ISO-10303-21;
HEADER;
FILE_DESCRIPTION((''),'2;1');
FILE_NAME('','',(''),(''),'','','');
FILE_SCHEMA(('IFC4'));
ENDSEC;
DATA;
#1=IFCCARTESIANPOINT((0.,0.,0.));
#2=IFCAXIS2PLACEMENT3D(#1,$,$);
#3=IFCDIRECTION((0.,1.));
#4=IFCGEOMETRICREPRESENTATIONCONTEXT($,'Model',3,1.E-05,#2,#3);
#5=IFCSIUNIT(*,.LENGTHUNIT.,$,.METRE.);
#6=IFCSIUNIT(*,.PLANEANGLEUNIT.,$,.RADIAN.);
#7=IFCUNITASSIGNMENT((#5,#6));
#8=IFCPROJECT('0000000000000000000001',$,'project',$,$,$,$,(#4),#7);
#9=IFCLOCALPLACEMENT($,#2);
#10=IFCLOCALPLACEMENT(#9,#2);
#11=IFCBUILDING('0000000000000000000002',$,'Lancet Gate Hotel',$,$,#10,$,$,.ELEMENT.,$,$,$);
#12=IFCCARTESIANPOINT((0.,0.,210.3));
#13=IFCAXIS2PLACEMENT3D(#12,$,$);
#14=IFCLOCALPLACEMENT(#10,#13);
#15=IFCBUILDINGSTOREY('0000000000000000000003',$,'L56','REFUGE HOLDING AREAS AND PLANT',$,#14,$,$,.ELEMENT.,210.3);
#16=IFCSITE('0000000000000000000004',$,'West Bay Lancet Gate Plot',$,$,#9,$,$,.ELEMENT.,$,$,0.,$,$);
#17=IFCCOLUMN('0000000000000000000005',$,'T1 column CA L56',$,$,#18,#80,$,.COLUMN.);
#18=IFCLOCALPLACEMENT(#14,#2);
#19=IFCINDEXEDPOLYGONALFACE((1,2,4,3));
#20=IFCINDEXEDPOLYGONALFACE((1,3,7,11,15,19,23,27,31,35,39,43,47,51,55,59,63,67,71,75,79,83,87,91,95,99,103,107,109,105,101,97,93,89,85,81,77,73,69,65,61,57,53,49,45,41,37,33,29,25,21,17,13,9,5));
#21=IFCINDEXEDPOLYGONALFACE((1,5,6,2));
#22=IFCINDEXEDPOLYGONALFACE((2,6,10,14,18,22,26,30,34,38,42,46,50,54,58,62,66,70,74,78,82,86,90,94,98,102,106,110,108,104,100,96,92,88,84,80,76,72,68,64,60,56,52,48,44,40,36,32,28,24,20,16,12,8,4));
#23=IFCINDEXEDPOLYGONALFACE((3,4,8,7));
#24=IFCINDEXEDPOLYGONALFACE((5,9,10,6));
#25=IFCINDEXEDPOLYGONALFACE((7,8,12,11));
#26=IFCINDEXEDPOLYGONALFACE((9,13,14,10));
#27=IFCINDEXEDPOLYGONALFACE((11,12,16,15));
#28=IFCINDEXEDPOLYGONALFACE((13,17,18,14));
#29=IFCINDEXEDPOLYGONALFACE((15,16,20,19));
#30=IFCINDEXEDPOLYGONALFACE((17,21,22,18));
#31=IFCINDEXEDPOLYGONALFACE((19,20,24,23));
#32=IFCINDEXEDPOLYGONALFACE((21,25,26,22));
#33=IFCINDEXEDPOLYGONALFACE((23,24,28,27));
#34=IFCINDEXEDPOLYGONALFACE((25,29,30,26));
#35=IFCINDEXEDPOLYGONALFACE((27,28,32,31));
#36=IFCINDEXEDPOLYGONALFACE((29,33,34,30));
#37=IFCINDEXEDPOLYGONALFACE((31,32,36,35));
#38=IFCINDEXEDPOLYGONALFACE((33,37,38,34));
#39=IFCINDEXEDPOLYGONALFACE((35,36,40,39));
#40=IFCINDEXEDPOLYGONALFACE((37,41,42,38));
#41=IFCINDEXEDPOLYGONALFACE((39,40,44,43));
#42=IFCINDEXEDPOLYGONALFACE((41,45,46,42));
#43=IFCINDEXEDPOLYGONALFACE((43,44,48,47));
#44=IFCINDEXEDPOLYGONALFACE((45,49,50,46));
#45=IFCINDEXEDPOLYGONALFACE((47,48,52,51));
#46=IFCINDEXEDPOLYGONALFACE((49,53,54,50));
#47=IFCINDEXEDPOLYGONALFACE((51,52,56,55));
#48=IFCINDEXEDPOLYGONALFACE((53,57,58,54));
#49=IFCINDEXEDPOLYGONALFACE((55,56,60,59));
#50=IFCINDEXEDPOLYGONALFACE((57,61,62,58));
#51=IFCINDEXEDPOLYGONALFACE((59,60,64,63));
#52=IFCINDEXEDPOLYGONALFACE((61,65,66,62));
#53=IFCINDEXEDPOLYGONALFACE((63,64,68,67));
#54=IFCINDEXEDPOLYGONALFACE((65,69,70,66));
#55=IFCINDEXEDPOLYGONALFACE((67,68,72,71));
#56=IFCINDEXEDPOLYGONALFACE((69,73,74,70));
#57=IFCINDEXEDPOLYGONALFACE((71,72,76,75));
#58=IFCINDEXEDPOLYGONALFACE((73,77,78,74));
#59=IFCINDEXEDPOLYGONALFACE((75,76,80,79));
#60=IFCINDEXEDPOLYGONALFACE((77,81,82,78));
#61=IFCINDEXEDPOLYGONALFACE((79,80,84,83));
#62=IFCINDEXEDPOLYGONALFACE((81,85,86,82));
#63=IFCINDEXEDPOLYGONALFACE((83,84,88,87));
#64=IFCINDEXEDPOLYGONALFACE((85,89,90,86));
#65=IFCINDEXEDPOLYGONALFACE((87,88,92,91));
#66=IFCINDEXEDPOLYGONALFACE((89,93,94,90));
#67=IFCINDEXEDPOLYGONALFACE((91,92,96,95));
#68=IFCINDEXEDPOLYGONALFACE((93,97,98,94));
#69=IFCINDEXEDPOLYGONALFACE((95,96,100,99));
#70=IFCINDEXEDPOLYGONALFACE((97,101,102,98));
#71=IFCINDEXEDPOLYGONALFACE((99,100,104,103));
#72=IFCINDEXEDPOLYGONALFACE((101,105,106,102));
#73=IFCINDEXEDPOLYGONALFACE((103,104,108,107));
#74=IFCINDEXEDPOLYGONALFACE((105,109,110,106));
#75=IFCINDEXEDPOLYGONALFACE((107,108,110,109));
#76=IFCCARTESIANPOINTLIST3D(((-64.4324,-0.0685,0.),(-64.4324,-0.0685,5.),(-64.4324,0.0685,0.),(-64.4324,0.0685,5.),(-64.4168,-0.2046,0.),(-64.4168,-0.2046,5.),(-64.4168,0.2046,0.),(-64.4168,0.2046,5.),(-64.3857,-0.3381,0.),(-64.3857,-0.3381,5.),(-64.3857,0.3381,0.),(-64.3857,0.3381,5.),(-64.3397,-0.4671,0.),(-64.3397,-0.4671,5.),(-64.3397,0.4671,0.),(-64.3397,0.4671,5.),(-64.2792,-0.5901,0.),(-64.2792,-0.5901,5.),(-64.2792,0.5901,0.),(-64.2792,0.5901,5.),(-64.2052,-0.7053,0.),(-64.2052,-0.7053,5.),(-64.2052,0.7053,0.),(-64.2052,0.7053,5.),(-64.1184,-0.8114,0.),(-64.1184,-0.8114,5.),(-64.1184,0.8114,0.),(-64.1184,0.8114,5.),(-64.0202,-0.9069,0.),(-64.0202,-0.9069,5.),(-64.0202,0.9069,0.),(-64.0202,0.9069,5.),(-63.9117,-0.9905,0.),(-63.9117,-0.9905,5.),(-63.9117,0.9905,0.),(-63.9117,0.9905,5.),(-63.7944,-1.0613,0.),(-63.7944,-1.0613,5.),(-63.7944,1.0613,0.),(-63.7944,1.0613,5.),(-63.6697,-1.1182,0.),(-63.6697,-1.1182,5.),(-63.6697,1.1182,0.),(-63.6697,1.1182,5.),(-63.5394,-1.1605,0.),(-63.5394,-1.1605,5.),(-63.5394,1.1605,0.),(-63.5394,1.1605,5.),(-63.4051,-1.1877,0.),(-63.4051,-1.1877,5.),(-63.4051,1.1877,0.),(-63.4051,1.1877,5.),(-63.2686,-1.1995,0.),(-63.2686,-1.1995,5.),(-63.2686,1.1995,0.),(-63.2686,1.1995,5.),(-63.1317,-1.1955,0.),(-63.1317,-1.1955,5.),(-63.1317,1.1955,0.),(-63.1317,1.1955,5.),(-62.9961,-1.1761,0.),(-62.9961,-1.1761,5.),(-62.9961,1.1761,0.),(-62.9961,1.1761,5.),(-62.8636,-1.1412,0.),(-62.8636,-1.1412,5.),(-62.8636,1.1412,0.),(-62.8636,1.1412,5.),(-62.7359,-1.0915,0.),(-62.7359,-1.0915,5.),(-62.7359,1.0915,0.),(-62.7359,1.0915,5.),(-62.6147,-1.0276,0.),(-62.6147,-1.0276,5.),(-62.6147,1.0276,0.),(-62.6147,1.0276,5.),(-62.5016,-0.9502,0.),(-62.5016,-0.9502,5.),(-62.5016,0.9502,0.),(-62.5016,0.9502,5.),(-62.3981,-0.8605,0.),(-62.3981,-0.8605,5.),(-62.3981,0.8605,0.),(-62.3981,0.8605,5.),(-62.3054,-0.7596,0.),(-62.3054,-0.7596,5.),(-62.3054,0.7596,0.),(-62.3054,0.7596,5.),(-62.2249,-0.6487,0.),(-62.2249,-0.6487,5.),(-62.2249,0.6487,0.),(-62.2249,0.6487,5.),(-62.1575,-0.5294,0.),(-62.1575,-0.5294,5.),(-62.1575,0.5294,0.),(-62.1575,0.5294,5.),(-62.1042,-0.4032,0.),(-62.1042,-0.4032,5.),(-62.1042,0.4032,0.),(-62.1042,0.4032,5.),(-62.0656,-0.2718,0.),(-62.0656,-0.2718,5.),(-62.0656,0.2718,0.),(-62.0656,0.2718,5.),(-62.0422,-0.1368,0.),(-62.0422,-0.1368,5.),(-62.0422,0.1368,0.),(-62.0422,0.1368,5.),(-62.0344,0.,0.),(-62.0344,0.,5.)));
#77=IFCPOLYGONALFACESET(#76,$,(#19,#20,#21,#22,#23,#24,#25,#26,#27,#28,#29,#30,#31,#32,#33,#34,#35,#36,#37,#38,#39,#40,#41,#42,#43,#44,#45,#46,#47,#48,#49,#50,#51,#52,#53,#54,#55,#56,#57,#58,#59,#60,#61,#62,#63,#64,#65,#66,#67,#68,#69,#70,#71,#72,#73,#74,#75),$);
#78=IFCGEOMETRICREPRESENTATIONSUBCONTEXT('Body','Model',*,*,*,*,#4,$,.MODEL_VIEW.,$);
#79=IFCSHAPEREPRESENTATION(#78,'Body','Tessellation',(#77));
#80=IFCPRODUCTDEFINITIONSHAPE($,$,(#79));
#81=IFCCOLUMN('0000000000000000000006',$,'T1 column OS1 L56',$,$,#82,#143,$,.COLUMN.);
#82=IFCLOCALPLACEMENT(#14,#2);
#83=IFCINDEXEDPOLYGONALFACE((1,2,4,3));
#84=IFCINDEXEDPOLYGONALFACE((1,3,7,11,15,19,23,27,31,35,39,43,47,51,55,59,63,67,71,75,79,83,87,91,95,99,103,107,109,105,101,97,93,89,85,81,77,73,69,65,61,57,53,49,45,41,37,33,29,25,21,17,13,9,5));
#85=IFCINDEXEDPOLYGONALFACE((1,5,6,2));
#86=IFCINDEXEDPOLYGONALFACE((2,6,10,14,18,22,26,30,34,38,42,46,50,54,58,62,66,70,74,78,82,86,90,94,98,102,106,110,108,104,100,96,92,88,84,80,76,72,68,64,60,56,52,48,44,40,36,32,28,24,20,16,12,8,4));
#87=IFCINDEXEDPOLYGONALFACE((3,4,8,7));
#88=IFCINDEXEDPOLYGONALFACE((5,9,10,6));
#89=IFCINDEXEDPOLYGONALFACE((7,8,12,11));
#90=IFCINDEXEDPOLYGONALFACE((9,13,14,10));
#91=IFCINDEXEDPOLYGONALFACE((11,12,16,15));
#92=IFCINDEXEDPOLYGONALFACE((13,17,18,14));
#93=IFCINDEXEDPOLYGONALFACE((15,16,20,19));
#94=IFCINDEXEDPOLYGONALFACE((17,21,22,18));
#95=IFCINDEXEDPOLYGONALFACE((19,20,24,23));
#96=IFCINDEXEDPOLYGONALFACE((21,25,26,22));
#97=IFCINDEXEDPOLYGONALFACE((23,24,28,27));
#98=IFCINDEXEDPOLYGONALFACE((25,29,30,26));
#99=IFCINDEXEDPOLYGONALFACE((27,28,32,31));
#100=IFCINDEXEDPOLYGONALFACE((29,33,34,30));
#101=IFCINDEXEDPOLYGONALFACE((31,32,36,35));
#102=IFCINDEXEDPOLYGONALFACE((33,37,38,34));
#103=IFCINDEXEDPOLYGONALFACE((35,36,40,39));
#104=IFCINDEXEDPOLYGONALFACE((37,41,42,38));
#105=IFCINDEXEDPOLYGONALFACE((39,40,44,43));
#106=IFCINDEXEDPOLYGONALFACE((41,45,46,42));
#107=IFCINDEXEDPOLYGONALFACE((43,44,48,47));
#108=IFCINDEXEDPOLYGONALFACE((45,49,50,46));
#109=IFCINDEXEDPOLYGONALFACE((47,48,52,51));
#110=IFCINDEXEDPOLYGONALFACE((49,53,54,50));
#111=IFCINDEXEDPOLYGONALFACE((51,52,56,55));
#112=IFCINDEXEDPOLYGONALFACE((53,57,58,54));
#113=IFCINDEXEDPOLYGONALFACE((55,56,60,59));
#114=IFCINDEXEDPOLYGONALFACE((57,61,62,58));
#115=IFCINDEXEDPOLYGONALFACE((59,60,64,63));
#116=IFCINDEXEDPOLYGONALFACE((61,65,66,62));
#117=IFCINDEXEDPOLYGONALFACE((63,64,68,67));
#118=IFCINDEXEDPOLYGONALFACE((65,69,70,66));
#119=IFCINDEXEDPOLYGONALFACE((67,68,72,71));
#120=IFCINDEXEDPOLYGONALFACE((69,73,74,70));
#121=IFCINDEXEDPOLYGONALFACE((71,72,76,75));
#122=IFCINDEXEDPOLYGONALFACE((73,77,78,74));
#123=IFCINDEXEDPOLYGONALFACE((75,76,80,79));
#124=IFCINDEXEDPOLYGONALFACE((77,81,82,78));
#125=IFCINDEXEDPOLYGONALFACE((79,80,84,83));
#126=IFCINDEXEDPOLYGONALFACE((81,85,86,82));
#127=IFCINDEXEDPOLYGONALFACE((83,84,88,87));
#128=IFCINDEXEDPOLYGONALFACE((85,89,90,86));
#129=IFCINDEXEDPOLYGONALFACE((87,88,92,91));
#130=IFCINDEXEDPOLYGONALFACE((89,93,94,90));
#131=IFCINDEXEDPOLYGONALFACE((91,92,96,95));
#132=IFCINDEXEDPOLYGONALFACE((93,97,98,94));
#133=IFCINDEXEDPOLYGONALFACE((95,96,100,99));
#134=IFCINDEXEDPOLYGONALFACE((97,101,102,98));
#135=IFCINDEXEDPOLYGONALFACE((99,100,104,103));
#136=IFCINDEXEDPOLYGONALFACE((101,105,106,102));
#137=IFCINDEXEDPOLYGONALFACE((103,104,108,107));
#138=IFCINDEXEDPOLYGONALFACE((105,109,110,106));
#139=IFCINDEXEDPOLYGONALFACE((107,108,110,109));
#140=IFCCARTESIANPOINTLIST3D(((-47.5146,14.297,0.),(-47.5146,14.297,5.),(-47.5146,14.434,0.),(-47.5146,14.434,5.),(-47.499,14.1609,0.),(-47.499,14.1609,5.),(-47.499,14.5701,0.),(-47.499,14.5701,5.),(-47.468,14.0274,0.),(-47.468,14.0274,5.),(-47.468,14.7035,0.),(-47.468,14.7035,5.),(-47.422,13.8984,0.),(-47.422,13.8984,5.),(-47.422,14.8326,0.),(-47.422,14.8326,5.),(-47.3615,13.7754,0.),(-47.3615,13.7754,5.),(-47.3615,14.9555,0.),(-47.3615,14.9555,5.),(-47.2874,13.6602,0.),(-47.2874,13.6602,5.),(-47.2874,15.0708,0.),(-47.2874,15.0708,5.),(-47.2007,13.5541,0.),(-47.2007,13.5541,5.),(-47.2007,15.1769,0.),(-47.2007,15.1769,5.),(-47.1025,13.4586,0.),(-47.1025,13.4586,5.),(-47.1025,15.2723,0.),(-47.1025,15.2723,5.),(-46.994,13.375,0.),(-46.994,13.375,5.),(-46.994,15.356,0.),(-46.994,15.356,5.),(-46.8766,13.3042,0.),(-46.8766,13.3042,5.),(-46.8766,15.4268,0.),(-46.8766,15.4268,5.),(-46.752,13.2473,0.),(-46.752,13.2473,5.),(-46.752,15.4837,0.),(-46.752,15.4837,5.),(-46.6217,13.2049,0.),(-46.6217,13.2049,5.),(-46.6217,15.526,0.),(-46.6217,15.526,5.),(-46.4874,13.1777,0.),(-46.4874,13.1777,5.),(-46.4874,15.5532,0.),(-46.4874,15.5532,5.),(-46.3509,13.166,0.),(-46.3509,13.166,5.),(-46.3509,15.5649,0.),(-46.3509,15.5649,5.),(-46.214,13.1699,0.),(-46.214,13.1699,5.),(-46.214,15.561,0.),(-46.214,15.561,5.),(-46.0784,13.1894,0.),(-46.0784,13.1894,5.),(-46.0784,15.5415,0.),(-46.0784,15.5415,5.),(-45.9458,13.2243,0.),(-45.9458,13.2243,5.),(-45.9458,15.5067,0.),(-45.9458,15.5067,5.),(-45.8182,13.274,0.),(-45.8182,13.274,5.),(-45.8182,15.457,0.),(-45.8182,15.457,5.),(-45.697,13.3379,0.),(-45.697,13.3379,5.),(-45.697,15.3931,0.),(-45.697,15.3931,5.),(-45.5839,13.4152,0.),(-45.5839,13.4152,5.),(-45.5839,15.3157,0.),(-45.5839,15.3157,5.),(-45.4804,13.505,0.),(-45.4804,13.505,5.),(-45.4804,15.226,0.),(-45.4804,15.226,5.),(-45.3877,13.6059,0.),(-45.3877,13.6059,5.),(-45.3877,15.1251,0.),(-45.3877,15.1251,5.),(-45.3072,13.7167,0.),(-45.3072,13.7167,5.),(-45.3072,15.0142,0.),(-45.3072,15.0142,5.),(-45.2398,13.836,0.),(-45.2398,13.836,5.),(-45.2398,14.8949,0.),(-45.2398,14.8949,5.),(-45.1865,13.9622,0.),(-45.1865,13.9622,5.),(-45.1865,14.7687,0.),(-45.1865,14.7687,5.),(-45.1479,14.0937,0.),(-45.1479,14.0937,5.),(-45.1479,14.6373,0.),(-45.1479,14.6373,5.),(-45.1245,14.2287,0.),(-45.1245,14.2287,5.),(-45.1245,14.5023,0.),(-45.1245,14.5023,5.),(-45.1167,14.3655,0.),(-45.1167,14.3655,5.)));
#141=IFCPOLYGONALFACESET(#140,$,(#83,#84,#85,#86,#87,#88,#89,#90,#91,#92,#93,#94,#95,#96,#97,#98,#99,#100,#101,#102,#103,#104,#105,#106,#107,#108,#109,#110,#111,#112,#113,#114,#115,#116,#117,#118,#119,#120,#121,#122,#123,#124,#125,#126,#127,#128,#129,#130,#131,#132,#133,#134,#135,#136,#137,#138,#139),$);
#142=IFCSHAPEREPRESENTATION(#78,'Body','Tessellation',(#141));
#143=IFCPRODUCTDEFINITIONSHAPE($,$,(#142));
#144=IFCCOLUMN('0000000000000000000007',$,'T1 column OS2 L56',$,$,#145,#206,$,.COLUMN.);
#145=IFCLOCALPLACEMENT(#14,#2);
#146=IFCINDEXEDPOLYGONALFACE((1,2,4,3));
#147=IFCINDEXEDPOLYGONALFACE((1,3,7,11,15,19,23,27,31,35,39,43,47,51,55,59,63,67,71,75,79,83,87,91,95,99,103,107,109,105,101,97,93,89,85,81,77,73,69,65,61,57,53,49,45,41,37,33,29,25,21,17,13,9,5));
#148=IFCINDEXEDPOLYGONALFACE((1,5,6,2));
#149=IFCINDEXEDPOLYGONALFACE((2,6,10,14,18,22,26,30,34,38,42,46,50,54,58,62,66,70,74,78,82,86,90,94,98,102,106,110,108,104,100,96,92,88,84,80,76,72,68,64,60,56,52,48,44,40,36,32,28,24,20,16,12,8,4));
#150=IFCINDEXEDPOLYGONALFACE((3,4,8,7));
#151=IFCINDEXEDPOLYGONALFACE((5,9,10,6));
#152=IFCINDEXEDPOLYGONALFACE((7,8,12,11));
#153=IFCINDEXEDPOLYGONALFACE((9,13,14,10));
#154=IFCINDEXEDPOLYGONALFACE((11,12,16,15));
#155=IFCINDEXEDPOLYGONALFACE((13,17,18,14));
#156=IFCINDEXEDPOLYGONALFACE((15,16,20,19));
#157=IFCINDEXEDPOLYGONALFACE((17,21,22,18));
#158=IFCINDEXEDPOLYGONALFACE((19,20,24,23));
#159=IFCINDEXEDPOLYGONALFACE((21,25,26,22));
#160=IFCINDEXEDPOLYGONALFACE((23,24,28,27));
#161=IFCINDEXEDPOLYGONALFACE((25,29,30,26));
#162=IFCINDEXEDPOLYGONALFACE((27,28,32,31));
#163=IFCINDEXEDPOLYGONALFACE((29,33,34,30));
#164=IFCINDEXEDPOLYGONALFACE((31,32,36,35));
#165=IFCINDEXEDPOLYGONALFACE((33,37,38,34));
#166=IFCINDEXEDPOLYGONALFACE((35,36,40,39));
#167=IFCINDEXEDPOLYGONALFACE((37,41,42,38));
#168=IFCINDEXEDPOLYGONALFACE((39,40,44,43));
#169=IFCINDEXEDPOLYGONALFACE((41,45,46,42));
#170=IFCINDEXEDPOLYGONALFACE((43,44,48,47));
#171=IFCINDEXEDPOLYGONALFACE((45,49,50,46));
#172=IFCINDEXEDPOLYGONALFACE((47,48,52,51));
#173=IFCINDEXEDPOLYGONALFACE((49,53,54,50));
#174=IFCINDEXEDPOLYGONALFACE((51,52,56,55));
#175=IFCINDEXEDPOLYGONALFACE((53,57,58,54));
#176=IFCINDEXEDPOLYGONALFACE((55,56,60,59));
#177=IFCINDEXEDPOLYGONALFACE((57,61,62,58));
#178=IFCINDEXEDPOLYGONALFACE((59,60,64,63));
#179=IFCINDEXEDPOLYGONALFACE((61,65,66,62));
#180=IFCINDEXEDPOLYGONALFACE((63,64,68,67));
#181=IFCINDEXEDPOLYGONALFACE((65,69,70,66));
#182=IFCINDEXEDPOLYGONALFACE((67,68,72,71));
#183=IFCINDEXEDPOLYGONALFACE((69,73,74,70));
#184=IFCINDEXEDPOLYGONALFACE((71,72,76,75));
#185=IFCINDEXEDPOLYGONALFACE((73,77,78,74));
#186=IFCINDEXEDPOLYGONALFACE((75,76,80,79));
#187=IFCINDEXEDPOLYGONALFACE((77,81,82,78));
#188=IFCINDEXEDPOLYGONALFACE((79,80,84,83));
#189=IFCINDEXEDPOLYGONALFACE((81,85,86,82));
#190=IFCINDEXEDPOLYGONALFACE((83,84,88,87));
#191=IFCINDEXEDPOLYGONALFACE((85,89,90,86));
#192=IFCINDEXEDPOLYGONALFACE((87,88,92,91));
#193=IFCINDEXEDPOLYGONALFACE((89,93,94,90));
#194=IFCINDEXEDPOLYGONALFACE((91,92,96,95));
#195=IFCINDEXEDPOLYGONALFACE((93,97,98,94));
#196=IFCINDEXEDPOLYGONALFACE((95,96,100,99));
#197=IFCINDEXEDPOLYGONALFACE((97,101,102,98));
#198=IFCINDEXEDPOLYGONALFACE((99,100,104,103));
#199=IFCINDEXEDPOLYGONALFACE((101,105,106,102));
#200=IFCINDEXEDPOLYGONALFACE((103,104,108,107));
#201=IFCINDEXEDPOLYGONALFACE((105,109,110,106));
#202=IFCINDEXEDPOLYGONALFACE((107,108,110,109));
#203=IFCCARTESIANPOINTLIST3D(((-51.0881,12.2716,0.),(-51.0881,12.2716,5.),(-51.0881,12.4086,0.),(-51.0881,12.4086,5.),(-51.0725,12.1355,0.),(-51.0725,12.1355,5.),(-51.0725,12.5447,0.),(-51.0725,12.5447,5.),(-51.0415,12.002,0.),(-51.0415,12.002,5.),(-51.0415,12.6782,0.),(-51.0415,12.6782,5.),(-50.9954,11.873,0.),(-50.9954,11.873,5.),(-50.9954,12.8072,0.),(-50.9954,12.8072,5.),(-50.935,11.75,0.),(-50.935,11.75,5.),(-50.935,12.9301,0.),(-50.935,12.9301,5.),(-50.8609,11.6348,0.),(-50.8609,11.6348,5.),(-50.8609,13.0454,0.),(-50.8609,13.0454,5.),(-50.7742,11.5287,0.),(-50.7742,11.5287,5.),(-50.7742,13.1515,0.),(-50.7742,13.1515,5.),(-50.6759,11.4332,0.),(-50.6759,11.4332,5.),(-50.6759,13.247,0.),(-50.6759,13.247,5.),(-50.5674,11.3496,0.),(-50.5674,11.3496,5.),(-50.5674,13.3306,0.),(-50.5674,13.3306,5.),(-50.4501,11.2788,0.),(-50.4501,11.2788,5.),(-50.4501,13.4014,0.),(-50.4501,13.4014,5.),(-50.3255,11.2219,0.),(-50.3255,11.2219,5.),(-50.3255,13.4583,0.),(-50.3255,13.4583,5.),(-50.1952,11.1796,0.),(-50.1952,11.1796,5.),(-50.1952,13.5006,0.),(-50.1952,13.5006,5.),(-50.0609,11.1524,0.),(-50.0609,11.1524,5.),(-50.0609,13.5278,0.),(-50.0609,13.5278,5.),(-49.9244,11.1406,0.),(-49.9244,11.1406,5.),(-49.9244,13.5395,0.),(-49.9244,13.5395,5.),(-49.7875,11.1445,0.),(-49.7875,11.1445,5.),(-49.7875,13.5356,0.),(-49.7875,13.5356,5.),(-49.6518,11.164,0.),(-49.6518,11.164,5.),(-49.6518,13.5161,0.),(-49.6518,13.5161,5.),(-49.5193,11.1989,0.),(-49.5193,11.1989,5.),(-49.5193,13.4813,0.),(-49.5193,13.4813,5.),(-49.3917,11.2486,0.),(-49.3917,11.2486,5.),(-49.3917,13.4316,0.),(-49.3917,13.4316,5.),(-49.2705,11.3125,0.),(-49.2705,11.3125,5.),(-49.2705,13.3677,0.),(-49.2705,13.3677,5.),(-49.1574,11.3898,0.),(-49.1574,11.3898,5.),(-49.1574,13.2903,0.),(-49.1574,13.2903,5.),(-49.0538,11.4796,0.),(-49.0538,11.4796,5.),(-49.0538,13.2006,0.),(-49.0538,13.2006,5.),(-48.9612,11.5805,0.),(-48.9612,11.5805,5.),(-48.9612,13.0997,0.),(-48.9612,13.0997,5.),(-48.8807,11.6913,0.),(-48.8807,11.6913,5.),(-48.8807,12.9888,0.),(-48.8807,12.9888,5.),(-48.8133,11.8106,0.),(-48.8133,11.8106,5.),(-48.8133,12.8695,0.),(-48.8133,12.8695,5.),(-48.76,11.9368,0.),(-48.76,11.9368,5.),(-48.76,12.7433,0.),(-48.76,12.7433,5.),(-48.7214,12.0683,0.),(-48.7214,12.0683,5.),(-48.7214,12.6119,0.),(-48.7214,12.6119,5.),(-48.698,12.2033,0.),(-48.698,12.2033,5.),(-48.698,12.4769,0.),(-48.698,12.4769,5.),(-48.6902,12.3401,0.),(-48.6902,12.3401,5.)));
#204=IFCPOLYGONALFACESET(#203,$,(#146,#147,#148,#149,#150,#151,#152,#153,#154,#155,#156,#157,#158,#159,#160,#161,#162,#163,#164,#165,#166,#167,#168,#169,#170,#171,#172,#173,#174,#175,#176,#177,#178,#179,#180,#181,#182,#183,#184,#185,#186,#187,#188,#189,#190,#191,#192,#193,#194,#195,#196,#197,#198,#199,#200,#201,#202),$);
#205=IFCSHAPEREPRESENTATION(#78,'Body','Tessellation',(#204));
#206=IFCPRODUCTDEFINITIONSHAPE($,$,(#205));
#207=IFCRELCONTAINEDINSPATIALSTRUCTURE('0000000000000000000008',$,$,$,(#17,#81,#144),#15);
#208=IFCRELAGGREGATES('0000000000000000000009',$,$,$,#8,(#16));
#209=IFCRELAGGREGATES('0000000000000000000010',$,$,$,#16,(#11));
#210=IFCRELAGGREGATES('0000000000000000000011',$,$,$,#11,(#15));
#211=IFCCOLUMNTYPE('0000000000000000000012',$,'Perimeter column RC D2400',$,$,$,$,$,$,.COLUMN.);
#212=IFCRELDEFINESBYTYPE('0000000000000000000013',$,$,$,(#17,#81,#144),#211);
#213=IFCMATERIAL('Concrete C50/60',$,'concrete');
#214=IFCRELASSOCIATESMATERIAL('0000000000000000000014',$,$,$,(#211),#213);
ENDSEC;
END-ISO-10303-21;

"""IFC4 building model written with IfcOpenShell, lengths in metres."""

from ifc_helpers import new_model, si_unit, direction, frame, origin, origin_2d, place, context, subcontext, project, spatial, circle, extrude, material, material_profile, profile_set, type_object, element, save


model = new_model("IFC4")

# Units and contexts
model_context = context("Model", 3, precision=1e-05, world=origin(), true_north=direction((0.0, 1.0)))
body_context = subcontext(model_context, "Body", "Model", "MODEL_VIEW")
ifc_project = project(units=[si_unit("LENGTHUNIT", "METRE"), si_unit("PLANEANGLEUNIT", "RADIAN")], contexts=[model_context])

# Site, building, storey
site_placement = place(None, origin())
site = spatial("IfcSite", under=ifc_project, at=site_placement, Name="West Bay Lancet Gate Plot", CompositionType="ELEMENT", RefElevation=0.0)
building_placement = place(site_placement, origin())
building = spatial("IfcBuilding", under=site, at=building_placement, Name="Lancet Gate Hotel", CompositionType="ELEMENT")
storey_placement = place(building_placement, frame((0.0, 0.0, 210.3)))
storey = spatial("IfcBuildingStorey", under=building, at=storey_placement, Name="L56", Description="REFUGE HOLDING AREAS AND PLANT", CompositionType="ELEMENT", Elevation=210.3)

# Columns
ifc_material_1 = material(Name="Concrete C50/60", Category="concrete")
ifc_material_profile_1 = material_profile(ifc_material_1, circle(Radius=1.2, at=origin_2d()), Name="RC D2400")
ifc_profile_set_1 = profile_set([ifc_material_profile_1], Name="Concrete C50/60")
column_type = type_object("IfcColumnType", Name="Perimeter column RC D2400", PredefinedType="COLUMN", material=ifc_profile_set_1)
for number, where, z_axis, x_axis, name in (
    (1, (-63.2344, 0.0, 0.0), (0.0, 0.0, 1.0), (1.0, 0.0, 0.0), "T1 column CA L56"),
    (2, (-46.3167, 14.3655, 0.0), (0.0, 0.0, 1.0), (1.0, 0.0, 0.0), "T1 column OS1 L56"),
    (3, (-49.8901, 12.3401, 0.0), (0.0, 0.0, 1.0), (1.0, 0.0, 0.0), "T1 column OS2 L56"),
):
    element("IfcColumn", number, at=place(storey_placement, frame(where, z_axis=z_axis, x_axis=x_axis)), inside=storey, type_object=column_type, Name=name, PredefinedType="COLUMN", context=body_context, shape_type="SweptSolid", body=[
        extrude(circle(Radius=1.2, at=origin_2d()), origin(), (0.0, 0.0, 1.0), 5.0),
    ])

save(model, "model.ifc")
